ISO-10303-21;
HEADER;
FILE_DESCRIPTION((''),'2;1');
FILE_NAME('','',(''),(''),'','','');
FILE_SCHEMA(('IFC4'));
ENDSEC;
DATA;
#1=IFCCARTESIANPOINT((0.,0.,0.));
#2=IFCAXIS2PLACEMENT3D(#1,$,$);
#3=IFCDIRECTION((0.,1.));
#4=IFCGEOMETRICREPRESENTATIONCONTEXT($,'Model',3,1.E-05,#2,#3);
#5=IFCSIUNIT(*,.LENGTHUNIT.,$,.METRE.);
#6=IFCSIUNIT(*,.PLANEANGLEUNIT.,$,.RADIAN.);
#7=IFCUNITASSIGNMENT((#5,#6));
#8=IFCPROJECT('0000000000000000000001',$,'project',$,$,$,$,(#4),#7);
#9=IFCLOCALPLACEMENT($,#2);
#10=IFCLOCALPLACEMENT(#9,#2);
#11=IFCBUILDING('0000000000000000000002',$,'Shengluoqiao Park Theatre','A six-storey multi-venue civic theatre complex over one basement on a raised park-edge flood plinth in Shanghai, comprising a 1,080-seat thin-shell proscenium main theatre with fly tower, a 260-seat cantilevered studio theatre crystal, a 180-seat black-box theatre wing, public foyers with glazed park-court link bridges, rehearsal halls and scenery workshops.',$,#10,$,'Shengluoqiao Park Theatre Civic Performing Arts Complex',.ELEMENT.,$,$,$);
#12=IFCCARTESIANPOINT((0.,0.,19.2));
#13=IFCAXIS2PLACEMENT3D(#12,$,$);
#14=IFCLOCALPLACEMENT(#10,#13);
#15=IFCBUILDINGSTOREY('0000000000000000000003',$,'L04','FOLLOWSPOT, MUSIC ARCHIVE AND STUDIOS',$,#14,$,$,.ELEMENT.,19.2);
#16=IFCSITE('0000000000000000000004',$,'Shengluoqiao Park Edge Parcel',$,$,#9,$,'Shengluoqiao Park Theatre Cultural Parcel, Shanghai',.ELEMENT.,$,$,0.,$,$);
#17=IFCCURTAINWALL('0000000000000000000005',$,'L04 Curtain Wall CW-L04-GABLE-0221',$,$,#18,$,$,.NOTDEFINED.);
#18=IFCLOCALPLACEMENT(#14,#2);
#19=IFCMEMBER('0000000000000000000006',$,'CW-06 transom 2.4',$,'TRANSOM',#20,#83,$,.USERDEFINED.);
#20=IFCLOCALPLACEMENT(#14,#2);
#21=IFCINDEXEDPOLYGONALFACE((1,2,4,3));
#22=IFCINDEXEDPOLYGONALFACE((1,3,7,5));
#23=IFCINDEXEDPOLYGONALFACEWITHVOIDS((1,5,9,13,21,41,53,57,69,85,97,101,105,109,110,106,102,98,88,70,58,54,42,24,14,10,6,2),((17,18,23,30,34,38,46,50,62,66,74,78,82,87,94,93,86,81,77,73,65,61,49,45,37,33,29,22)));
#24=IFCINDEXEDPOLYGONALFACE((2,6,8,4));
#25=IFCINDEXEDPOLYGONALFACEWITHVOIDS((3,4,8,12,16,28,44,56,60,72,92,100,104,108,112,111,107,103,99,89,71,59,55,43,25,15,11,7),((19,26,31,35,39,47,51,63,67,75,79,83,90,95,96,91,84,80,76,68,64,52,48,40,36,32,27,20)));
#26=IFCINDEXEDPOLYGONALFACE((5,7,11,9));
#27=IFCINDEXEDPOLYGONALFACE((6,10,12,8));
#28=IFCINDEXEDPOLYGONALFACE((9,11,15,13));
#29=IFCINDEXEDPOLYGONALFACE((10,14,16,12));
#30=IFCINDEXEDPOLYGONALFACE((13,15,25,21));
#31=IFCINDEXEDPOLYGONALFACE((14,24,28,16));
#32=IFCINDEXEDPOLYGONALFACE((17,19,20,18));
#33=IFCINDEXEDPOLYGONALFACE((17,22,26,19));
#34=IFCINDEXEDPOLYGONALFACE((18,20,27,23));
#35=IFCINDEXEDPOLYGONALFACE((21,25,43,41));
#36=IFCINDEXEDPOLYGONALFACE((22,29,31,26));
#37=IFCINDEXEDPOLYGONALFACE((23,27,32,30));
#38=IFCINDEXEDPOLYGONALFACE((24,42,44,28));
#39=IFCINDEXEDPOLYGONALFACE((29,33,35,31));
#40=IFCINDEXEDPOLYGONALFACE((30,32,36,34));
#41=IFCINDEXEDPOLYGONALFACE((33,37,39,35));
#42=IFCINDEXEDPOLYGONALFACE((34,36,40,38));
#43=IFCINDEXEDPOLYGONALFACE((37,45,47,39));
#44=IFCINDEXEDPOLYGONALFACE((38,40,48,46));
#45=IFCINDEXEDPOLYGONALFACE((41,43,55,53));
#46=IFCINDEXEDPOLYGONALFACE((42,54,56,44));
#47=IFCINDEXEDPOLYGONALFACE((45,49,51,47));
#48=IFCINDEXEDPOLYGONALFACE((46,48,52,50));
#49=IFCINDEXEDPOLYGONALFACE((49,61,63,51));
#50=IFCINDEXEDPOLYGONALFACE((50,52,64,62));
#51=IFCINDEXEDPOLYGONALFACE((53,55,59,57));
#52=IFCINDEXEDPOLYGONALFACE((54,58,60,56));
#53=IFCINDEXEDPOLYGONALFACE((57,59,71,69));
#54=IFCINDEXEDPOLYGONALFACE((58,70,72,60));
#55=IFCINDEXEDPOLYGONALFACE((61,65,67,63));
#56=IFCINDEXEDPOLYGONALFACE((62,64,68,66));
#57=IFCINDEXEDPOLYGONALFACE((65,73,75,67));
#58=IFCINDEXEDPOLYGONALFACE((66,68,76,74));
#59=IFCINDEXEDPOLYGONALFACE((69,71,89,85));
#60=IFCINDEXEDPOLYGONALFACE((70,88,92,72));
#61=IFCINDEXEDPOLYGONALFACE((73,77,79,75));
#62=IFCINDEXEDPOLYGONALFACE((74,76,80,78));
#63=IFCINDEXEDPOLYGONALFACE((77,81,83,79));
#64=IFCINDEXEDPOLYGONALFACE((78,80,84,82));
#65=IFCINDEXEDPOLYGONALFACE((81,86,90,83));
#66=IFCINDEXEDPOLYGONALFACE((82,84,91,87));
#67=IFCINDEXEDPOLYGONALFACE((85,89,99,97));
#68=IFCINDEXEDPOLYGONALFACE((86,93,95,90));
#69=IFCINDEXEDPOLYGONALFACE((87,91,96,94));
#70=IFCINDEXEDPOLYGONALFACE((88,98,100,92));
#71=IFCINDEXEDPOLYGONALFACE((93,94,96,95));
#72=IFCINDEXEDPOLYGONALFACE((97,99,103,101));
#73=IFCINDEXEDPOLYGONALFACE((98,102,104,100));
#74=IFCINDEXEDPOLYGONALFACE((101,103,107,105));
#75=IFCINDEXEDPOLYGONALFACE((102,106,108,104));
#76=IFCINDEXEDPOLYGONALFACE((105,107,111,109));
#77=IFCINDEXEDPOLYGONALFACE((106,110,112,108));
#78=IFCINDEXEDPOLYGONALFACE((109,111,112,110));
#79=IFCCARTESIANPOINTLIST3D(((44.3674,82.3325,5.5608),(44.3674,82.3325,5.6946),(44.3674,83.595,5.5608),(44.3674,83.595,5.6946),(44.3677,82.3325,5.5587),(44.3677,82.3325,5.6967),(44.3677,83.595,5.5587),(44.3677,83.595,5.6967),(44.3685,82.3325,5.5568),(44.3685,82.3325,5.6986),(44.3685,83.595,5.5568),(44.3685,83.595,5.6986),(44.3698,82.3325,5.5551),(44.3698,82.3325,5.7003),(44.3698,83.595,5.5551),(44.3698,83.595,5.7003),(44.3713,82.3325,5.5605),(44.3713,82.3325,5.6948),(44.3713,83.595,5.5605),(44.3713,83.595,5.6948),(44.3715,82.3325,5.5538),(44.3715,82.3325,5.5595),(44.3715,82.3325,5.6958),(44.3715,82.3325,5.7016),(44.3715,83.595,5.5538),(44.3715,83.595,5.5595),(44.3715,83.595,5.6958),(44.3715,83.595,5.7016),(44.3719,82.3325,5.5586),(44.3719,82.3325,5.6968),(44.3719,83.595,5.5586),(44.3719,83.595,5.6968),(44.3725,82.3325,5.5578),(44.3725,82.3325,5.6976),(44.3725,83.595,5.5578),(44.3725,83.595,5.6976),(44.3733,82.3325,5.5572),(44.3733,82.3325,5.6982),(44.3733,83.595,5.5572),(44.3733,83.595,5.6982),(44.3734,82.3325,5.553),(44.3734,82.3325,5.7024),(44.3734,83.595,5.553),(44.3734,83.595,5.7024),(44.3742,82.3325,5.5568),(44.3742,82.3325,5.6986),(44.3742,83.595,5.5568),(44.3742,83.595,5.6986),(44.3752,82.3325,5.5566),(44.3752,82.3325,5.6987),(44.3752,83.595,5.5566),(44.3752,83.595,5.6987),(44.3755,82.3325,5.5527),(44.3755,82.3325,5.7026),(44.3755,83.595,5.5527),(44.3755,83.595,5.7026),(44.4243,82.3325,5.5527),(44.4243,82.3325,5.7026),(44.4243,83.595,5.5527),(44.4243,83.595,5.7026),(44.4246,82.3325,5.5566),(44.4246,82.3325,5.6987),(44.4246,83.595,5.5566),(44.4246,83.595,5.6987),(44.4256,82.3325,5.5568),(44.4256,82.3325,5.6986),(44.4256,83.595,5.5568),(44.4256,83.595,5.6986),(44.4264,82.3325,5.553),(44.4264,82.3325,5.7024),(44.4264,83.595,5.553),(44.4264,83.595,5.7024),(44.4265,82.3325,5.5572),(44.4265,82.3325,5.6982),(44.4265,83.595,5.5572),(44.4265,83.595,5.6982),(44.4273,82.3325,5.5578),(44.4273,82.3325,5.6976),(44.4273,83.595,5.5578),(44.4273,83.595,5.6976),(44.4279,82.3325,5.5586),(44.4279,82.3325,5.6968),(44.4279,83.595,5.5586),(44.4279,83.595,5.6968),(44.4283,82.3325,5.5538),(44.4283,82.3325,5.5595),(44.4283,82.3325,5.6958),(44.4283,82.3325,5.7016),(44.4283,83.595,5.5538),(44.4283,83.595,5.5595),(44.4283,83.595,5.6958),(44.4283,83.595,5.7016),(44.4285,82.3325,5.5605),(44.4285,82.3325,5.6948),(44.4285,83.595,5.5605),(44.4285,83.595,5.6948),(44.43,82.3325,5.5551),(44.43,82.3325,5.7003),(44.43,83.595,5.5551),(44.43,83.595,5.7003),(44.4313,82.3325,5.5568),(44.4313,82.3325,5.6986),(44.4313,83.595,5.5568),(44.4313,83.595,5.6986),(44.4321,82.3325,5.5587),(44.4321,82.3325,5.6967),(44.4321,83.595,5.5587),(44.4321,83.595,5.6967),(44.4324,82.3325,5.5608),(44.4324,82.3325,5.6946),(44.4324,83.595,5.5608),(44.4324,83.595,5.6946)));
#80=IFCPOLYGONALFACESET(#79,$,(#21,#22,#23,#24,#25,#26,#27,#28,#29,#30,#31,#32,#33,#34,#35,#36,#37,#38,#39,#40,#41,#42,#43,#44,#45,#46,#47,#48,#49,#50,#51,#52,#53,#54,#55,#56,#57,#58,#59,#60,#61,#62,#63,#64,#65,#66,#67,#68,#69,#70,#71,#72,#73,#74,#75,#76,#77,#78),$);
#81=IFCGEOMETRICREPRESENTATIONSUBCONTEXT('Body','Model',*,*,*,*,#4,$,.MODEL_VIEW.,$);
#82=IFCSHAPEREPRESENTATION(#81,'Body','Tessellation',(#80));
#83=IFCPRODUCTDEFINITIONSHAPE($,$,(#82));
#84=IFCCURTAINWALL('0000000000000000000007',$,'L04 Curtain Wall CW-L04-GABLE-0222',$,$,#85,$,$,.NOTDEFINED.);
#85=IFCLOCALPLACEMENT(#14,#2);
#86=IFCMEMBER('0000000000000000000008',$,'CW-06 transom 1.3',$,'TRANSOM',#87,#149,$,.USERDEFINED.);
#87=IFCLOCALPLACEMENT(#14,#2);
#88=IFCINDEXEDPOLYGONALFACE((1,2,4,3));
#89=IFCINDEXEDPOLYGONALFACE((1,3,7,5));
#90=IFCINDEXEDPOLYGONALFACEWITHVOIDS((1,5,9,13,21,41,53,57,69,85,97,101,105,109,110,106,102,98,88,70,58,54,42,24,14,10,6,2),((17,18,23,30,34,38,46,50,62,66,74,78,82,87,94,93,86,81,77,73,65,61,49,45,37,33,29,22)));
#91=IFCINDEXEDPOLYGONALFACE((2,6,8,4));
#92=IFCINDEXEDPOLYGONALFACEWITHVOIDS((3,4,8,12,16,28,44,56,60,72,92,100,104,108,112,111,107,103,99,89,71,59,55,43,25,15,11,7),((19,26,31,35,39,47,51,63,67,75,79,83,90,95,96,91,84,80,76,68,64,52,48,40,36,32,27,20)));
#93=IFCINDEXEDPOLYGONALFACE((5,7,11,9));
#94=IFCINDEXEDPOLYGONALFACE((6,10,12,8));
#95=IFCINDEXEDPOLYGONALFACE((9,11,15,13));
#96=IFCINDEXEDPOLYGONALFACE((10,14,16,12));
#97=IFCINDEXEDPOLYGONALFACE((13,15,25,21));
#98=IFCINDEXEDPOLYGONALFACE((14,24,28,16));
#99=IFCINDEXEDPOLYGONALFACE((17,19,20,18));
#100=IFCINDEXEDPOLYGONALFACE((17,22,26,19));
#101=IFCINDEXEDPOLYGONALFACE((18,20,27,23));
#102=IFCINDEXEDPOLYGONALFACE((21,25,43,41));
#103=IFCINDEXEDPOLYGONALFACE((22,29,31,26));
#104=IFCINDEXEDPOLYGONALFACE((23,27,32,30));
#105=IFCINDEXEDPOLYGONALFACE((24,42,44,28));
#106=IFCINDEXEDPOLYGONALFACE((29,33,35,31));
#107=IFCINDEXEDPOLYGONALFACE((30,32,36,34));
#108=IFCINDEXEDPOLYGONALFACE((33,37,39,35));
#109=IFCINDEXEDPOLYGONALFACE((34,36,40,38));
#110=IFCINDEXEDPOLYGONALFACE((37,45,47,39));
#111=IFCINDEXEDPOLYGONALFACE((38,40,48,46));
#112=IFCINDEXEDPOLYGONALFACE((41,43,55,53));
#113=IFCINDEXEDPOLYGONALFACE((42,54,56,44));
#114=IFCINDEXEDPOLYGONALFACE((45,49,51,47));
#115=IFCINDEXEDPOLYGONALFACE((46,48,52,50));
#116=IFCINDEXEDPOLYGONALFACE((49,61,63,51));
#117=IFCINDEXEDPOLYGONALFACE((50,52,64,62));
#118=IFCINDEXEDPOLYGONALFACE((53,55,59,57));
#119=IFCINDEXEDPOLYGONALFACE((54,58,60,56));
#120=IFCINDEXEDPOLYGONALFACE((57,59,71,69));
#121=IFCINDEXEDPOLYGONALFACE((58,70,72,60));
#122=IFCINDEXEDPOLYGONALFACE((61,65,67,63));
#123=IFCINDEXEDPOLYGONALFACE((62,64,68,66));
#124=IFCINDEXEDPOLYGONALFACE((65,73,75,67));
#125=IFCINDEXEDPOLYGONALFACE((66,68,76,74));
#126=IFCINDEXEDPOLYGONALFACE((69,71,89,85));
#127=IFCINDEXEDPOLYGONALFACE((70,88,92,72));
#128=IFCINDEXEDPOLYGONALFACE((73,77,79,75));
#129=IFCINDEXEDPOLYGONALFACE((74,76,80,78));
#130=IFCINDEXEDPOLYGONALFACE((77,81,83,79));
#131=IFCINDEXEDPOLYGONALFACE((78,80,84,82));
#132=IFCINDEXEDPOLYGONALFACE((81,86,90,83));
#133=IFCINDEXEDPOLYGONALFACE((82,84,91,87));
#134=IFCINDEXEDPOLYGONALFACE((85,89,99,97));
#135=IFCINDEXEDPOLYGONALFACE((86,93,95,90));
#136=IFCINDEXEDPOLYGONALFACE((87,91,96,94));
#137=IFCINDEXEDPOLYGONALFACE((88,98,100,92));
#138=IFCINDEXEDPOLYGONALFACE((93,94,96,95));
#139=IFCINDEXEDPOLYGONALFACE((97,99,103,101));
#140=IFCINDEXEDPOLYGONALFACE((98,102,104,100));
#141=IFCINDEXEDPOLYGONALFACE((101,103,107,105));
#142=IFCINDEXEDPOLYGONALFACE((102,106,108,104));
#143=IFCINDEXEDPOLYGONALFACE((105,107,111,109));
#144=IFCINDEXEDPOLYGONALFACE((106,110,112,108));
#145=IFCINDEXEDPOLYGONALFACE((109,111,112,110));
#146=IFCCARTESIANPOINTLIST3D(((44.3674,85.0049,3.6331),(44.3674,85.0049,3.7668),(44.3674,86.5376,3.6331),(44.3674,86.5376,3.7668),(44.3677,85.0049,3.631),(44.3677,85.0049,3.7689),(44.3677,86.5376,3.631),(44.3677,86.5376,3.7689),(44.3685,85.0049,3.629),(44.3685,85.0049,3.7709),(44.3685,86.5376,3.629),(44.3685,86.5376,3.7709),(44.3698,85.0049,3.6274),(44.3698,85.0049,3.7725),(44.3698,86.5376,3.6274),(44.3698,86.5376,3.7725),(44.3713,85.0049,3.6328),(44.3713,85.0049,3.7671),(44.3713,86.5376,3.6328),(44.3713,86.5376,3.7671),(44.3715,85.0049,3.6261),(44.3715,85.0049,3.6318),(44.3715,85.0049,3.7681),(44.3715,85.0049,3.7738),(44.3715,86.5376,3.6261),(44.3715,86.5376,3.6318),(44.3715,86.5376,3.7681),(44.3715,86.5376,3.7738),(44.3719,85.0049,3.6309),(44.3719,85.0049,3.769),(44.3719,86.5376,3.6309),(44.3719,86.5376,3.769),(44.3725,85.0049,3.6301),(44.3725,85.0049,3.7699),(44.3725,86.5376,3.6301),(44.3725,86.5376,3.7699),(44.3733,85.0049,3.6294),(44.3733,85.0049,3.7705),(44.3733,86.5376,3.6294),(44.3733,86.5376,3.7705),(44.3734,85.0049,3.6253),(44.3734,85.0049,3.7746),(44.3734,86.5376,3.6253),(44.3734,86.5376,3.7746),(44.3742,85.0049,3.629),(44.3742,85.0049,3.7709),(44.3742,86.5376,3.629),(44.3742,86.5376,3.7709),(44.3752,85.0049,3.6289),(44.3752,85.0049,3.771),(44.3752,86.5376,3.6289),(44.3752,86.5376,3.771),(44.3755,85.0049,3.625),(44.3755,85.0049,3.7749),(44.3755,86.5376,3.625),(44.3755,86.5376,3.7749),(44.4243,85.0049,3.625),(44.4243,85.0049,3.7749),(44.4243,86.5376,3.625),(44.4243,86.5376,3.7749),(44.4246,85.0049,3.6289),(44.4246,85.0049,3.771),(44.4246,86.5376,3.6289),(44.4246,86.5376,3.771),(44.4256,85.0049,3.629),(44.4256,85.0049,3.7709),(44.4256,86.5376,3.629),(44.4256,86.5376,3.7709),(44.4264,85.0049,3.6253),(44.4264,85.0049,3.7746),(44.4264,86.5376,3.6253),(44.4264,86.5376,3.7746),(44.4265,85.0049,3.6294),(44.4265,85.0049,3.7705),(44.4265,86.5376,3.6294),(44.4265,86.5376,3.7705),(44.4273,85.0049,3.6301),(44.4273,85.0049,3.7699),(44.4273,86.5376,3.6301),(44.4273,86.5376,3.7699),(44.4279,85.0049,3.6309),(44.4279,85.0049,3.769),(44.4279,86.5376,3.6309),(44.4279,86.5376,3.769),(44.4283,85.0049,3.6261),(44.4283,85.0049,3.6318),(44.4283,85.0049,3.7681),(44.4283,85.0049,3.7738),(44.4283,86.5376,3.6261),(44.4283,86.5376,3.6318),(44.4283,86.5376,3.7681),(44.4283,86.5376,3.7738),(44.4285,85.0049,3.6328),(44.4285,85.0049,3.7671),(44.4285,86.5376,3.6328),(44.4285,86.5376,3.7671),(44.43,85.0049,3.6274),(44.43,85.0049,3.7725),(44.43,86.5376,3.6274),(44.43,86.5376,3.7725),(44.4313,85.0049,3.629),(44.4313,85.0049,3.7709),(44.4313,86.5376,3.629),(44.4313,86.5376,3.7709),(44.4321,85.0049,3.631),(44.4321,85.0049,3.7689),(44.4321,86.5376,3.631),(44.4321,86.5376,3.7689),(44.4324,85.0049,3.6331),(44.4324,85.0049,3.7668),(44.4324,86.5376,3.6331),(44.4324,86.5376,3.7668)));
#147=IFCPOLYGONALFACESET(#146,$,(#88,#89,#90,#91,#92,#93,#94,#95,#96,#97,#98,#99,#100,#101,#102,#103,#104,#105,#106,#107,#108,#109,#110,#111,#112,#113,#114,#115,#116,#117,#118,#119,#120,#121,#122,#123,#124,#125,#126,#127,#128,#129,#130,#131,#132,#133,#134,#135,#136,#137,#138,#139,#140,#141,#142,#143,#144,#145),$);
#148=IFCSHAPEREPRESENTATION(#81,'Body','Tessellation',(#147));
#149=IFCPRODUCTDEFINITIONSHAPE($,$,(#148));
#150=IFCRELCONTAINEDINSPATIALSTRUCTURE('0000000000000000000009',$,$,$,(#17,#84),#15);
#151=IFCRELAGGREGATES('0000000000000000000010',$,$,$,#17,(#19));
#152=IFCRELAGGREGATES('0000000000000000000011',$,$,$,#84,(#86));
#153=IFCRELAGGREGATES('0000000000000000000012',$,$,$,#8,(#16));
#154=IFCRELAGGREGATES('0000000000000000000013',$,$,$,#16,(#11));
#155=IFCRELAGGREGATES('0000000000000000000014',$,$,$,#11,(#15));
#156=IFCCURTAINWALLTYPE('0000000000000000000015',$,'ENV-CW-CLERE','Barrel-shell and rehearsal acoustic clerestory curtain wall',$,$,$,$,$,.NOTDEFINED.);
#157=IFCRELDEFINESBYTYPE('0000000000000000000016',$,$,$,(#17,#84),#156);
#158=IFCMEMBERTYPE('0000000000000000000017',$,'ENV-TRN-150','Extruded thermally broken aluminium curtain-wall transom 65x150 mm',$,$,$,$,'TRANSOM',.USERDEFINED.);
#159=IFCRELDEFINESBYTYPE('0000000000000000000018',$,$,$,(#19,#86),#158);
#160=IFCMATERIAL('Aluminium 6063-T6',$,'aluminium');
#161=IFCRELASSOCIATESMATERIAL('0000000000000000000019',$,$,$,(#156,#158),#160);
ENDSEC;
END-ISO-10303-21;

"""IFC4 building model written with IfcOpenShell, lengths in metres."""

from ifc_helpers import new_model, si_unit, direction, frame, origin, origin_2d, place, context, subcontext, project, spatial, hollow_rectangle, extrude, material, material_profile, profile_set, type_object, element, aggregate, save


model = new_model("IFC4")

# Units and contexts
model_context = context("Model", 3, precision=1e-05, world=origin(), true_north=direction((0.0, 1.0)))
body_context = subcontext(model_context, "Body", "Model", "MODEL_VIEW")
ifc_project = project(units=[si_unit("LENGTHUNIT", "METRE"), si_unit("PLANEANGLEUNIT", "RADIAN")], contexts=[model_context])

# Site, building, storey
site_placement = place(None, origin())
site = spatial("IfcSite", under=ifc_project, at=site_placement, Name="Shengluoqiao Park Edge Parcel", LongName="Shengluoqiao Park Theatre Cultural Parcel, Shanghai", CompositionType="ELEMENT", RefElevation=0.0)
building_placement = place(site_placement, origin())
building = spatial("IfcBuilding", under=site, at=building_placement, Name="Shengluoqiao Park Theatre", Description="A six-storey multi-venue civic theatre complex over one basement on a raised park-edge flood plinth in Shanghai, comprising a 1,080-seat thin-shell proscenium main theatre with fly tower, a 260-seat cantilevered studio theatre crystal, a 180-seat black-box theatre wing, public foyers with glazed park-court link bridges, rehearsal halls and scenery workshops.", LongName="Shengluoqiao Park Theatre Civic Performing Arts Complex", CompositionType="ELEMENT")
storey_placement = place(building_placement, frame((0.0, 0.0, 19.2)))
storey = spatial("IfcBuildingStorey", under=building, at=storey_placement, Name="L04", Description="FOLLOWSPOT, MUSIC ARCHIVE AND STUDIOS", CompositionType="ELEMENT", Elevation=19.2)

# Shared definitions
ifc_material_1 = material(Name="Aluminium 6063-T6", Category="aluminium")
curtain_wall_type = type_object("IfcCurtainWallType", Name="ENV-CW-CLERE", Description="Barrel-shell and rehearsal acoustic clerestory curtain wall", PredefinedType="NOTDEFINED", material=ifc_material_1)
ifc_material_profile = material_profile(ifc_material_1, hollow_rectangle(XDim=0.0649, YDim=0.1499, WallThickness=0.0039, InnerFilletRadius=0.0039, OuterFilletRadius=0.0081, at=origin_2d()), Name="ALU TRANSOM 150x65x4")
ifc_profile_set = profile_set([ifc_material_profile], Name="Aluminium 6063-T6")
member_type = type_object("IfcMemberType", Name="ENV-TRN-150", Description="Extruded thermally broken aluminium curtain-wall transom 65x150 mm", ElementType="TRANSOM", PredefinedType="USERDEFINED", material=ifc_profile_set)

# Curtain walls, members
curtain_wall_1_placement = place(storey_placement, origin())
curtain_wall_1 = element("IfcCurtainWall", 1, at=curtain_wall_1_placement, inside=storey, type_object=curtain_wall_type, Name="L04 Curtain Wall CW-L04-GABLE-0221", PredefinedType="NOTDEFINED")
member_1_placement = place(storey_placement, frame((44.3999, 82.3325, 5.6277), z_axis=(0.0, 1.0, 0.0), x_axis=(-1.0, 0.0, 0.0)))
member_1 = element("IfcMember", 2, at=member_1_placement, type_object=member_type, Name="CW-06 transom 2.4", ObjectType="TRANSOM", PredefinedType="USERDEFINED", context=body_context, shape_type="SweptSolid", body=[
    extrude(hollow_rectangle(XDim=0.0649, YDim=0.1499, WallThickness=0.0039, InnerFilletRadius=0.0039, OuterFilletRadius=0.0081, at=origin_2d()), origin(), (0.0, 0.0, 1.0), 1.2625),
])
curtain_wall_2_placement = place(storey_placement, origin())
curtain_wall_2 = element("IfcCurtainWall", 3, at=curtain_wall_2_placement, inside=storey, type_object=curtain_wall_type, Name="L04 Curtain Wall CW-L04-GABLE-0222", PredefinedType="NOTDEFINED")
member_2_placement = place(storey_placement, frame((44.3999, 85.0049, 3.7), z_axis=(0.0, 1.0, 0.0), x_axis=(-1.0, 0.0, 0.0)))
member_2 = element("IfcMember", 4, at=member_2_placement, type_object=member_type, Name="CW-06 transom 1.3", ObjectType="TRANSOM", PredefinedType="USERDEFINED", context=body_context, shape_type="SweptSolid", body=[
    extrude(hollow_rectangle(XDim=0.0649, YDim=0.1499, WallThickness=0.0039, InnerFilletRadius=0.0039, OuterFilletRadius=0.0081, at=origin_2d()), origin(), (0.0, 0.0, 1.0), 1.5327),
])

aggregate(curtain_wall_1, [member_1])
aggregate(curtain_wall_2, [member_2])

save(model, "model.ifc")
